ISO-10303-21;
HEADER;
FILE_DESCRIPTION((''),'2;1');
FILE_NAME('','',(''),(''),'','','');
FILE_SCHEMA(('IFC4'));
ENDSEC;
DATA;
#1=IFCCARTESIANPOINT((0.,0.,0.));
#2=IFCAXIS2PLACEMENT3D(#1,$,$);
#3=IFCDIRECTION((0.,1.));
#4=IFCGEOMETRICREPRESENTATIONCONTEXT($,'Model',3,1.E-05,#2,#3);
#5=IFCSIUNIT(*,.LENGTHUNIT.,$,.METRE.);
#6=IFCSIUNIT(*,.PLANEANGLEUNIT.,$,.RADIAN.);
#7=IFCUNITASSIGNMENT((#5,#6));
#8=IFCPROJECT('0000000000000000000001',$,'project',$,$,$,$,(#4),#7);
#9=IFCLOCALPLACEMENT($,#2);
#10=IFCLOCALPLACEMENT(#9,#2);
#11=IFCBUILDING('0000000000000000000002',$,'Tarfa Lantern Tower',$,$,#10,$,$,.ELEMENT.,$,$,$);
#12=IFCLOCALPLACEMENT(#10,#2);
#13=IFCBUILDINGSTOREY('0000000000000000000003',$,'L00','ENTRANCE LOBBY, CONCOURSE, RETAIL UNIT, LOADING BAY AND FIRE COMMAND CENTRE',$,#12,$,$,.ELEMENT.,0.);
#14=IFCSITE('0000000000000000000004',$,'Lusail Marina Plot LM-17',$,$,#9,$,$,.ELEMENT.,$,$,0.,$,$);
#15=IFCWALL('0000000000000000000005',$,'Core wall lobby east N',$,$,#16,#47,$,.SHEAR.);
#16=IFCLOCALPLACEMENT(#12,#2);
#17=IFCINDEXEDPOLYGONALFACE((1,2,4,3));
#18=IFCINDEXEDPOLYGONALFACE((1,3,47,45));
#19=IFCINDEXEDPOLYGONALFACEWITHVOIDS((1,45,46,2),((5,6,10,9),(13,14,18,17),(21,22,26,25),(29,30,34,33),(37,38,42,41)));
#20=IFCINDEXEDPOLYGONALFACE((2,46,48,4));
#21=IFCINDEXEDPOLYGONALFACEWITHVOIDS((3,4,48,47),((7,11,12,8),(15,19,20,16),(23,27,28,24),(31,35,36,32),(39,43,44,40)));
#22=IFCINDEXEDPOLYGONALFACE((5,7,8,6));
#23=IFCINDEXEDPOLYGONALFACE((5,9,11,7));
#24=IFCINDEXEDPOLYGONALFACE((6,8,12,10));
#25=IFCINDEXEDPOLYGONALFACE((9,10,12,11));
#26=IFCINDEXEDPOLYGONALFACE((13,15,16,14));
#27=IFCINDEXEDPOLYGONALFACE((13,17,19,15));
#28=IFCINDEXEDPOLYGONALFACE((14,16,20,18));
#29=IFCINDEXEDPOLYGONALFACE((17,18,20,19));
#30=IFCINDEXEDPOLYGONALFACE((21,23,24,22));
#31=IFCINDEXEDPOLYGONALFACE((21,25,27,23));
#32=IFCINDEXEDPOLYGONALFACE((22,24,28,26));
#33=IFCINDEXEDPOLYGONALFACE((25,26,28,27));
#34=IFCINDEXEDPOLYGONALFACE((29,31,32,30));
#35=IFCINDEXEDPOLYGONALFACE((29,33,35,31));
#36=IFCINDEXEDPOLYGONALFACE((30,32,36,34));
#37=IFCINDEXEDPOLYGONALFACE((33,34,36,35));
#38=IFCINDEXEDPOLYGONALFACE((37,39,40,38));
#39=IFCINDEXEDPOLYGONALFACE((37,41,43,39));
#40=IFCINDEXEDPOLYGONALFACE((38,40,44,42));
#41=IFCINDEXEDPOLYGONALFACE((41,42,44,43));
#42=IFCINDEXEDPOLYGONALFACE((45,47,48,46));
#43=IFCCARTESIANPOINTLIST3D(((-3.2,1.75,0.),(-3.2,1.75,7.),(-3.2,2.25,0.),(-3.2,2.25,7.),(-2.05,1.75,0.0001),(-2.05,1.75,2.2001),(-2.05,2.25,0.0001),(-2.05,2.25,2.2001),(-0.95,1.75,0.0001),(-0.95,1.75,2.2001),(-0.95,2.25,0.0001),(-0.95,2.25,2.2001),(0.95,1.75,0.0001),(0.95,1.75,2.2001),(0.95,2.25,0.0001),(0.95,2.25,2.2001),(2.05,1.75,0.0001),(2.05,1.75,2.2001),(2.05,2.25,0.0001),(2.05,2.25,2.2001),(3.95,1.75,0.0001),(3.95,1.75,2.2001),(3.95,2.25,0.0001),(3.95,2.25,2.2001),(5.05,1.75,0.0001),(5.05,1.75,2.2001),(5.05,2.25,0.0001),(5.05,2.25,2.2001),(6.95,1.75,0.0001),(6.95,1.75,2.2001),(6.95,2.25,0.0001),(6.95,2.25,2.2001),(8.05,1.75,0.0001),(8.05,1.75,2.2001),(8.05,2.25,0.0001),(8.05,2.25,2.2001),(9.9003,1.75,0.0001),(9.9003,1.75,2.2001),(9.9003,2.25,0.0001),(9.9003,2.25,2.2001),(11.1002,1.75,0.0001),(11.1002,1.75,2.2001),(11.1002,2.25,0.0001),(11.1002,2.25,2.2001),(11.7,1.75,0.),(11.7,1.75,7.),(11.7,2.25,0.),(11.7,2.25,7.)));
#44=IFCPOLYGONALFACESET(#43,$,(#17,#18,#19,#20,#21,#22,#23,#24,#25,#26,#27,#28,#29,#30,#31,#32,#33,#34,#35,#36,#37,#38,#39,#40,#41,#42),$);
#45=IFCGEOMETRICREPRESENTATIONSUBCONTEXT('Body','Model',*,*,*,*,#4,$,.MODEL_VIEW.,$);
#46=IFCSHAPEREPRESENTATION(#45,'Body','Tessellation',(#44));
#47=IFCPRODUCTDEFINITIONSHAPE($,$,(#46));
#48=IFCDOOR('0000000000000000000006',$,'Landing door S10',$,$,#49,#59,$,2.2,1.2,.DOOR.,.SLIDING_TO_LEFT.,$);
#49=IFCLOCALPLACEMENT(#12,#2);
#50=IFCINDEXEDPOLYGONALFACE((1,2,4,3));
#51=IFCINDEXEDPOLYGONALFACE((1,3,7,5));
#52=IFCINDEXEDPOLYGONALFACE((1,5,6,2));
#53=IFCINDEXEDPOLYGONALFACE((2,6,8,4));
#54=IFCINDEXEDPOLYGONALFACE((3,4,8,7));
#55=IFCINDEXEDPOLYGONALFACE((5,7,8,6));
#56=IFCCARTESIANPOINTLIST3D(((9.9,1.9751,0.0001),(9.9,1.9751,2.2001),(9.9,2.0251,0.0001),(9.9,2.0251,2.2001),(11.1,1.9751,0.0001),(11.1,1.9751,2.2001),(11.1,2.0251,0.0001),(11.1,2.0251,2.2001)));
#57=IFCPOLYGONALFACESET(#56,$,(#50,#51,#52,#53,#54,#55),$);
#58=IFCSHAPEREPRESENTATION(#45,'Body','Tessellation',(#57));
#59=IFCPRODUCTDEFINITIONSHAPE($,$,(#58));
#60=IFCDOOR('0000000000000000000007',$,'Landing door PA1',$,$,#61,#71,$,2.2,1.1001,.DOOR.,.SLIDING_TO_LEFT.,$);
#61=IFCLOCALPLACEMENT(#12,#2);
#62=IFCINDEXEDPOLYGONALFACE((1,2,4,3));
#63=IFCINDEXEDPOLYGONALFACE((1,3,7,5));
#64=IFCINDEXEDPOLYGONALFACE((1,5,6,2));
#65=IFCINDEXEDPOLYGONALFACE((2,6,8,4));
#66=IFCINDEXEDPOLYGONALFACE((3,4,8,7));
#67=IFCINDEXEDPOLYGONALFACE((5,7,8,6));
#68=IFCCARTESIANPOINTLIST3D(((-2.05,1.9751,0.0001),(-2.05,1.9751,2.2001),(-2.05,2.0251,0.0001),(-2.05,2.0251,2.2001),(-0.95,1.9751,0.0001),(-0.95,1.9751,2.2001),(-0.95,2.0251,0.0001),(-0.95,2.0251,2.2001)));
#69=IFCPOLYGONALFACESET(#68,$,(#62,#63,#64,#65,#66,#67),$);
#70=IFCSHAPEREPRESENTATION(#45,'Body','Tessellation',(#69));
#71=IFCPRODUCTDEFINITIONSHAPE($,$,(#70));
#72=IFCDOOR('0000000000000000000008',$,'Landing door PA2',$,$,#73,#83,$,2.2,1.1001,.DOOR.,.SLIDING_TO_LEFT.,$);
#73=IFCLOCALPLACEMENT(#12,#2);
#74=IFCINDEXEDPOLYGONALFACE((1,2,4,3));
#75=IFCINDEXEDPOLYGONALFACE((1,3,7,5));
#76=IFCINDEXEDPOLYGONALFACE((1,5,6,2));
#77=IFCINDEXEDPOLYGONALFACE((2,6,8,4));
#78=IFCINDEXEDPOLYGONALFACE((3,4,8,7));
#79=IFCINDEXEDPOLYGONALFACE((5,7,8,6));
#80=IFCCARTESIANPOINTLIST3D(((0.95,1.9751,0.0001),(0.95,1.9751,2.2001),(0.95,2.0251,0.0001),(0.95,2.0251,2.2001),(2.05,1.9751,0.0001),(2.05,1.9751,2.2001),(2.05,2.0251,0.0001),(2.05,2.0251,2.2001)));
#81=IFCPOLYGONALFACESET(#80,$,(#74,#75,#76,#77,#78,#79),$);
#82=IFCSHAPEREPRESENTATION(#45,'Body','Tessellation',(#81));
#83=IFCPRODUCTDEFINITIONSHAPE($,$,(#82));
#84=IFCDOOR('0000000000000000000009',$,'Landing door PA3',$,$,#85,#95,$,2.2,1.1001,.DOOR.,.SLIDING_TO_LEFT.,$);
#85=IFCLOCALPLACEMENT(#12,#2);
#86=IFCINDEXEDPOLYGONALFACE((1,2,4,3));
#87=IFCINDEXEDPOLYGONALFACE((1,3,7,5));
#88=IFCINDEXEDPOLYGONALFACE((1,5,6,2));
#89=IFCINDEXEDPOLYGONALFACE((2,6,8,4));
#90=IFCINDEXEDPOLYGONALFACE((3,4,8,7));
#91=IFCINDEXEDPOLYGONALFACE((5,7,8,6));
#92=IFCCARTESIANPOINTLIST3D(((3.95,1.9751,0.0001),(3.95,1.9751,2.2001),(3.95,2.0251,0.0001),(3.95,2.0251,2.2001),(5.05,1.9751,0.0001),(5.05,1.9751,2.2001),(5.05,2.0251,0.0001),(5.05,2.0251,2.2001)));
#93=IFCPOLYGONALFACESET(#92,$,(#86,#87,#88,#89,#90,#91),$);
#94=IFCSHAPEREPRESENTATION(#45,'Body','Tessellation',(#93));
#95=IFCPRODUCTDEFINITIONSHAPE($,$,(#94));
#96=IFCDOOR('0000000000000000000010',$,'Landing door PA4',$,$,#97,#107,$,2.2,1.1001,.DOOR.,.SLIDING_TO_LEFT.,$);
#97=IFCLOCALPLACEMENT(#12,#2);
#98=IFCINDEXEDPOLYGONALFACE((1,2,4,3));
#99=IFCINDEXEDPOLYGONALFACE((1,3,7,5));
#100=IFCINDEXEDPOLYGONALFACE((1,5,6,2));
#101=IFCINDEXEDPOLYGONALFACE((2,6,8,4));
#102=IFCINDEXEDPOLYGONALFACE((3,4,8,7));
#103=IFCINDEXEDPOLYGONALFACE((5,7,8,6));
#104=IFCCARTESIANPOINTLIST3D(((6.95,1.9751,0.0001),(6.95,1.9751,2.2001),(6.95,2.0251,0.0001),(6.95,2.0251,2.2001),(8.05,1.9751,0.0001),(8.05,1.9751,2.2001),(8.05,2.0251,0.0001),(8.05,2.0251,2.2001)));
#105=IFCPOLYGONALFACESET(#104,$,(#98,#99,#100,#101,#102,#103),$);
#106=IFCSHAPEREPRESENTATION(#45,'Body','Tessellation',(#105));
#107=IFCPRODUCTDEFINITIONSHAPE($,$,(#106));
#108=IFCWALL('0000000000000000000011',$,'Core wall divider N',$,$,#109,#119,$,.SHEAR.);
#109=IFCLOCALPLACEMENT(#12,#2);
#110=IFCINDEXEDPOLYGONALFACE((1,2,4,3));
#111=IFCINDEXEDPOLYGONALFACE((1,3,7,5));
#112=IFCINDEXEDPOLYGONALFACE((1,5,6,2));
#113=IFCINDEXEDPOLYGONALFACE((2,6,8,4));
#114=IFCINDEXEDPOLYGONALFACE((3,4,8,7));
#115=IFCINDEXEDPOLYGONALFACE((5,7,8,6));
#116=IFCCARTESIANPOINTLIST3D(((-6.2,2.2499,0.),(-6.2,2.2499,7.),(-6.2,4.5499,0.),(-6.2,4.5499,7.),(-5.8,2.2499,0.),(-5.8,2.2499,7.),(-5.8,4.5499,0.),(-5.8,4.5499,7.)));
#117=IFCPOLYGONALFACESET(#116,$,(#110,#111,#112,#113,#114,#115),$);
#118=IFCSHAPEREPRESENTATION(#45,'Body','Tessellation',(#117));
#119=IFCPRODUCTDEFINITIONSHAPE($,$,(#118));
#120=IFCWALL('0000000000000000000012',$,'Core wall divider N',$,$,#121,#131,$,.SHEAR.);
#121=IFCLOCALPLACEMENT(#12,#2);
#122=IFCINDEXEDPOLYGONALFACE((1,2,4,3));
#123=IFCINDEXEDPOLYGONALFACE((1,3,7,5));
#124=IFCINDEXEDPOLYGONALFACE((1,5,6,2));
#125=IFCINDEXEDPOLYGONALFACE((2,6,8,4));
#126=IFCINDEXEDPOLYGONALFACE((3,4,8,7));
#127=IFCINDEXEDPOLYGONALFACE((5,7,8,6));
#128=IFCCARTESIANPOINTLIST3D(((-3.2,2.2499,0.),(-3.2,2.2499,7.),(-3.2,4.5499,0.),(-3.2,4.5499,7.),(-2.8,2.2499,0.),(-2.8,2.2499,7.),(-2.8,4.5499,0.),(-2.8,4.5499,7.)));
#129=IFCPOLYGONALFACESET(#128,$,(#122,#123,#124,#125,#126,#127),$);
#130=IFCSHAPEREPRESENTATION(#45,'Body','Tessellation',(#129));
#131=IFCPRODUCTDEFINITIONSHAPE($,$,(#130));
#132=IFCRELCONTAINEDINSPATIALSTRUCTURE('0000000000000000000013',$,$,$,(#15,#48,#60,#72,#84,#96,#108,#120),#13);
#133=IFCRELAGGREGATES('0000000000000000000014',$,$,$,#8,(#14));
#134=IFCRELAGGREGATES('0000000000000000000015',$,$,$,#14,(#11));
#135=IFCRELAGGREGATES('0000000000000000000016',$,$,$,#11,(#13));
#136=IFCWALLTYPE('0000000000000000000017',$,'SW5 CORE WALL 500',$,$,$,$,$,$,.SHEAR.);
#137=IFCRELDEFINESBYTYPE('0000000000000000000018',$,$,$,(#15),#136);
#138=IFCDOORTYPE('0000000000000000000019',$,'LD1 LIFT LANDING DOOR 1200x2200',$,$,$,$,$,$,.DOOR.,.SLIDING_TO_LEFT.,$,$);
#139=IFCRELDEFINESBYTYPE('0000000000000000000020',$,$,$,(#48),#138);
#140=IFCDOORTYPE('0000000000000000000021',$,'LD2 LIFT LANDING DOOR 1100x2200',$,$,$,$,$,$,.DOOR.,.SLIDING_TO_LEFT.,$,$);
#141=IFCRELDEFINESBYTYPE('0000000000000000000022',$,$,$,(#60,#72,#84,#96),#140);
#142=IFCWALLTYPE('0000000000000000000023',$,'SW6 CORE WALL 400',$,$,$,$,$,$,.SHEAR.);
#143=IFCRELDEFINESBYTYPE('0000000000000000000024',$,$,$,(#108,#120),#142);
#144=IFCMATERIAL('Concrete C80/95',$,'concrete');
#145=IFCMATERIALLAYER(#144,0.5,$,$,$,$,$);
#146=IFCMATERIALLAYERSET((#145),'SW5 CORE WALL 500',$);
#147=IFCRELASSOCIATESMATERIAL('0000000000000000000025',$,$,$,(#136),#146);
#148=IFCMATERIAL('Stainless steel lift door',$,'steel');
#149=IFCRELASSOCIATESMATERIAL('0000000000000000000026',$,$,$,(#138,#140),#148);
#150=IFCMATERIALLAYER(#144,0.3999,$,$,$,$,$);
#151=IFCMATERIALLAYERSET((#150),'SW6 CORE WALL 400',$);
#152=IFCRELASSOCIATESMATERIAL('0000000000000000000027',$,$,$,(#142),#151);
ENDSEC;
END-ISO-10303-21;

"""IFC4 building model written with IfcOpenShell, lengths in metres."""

from ifc_helpers import new_model, si_unit, direction, frame, frame_2d, origin, place, context, subcontext, project, spatial, rectangle, extrude, material, layer, layer_set, type_object, element, fill, save


model = new_model("IFC4")

# Units and contexts
model_context = context("Model", 3, precision=1e-05, world=origin(), true_north=direction((0.0, 1.0)))
body_context = subcontext(model_context, "Body", "Model", "MODEL_VIEW")
ifc_project = project(units=[si_unit("LENGTHUNIT", "METRE"), si_unit("PLANEANGLEUNIT", "RADIAN")], contexts=[model_context])

# Site, building, storey
site_placement = place(None, origin())
site = spatial("IfcSite", under=ifc_project, at=site_placement, Name="Lusail Marina Plot LM-17", CompositionType="ELEMENT", RefElevation=0.0)
building_placement = place(site_placement, origin())
building = spatial("IfcBuilding", under=site, at=building_placement, Name="Tarfa Lantern Tower", CompositionType="ELEMENT")
storey_placement = place(building_placement, origin())
storey = spatial("IfcBuildingStorey", under=building, at=storey_placement, Name="L00", Description="ENTRANCE LOBBY, CONCOURSE, RETAIL UNIT, LOADING BAY AND FIRE COMMAND CENTRE", CompositionType="ELEMENT", Elevation=0.0)

# Shared definitions
ifc_material_1 = material(Name="Concrete C80/95", Category="concrete")

# Wall, openings, doors
ifc_layer_1 = layer(ifc_material_1, 0.5)
ifc_layer_set_1 = layer_set([ifc_layer_1], Name="SW5 CORE WALL 500")
wall_type_1 = type_object("IfcWallType", Name="SW5 CORE WALL 500", PredefinedType="SHEAR", material=ifc_layer_set_1)
wall_1_placement = place(storey_placement, frame((-3.2, 2.0, 0.0), z_axis=(0.0, 0.0, 1.0), x_axis=(1.0, 0.0, 0.0)))
wall_1 = element("IfcWall", 1, at=wall_1_placement, inside=storey, type_object=wall_type_1, Name="Core wall lobby east N", PredefinedType="SHEAR", context=body_context, shape_type="SweptSolid", body=[
    extrude(rectangle(XDim=14.8999, YDim=0.5, at=frame_2d((7.45, 0.0))), origin(), (0.0, 0.0, 1.0), 7.0),
])
opening_1_placement = place(wall_1_placement, frame((1.1499, 0.0, 0.0)))
opening_1 = element("IfcOpeningElement", 2, at=opening_1_placement, cuts=wall_1, PredefinedType="OPENING", context=body_context, shape_type="SweptSolid", body=[
    extrude(rectangle(XDim=1.1001, YDim=2.2, at=frame_2d((0.55, 1.1001))), frame((0.0, 0.26, 0.0), z_axis=(0.0, -1.0, 0.0), x_axis=(1.0, 0.0, 0.0)), (0.0, 0.0, 1.0), 0.52),
])
opening_2_placement = place(wall_1_placement, frame((4.1499, 0.0, 0.0)))
opening_2 = element("IfcOpeningElement", 3, at=opening_2_placement, cuts=wall_1, PredefinedType="OPENING", context=body_context, shape_type="SweptSolid", body=[
    extrude(rectangle(XDim=1.1001, YDim=2.2, at=frame_2d((0.55, 1.1001))), frame((0.0, 0.26, 0.0), z_axis=(0.0, -1.0, 0.0), x_axis=(1.0, 0.0, 0.0)), (0.0, 0.0, 1.0), 0.52),
])
opening_3_placement = place(wall_1_placement, frame((7.1499, 0.0, 0.0)))
opening_3 = element("IfcOpeningElement", 4, at=opening_3_placement, cuts=wall_1, PredefinedType="OPENING", context=body_context, shape_type="SweptSolid", body=[
    extrude(rectangle(XDim=1.1001, YDim=2.2, at=frame_2d((0.55, 1.1001))), frame((0.0, 0.26, 0.0), z_axis=(0.0, -1.0, 0.0), x_axis=(1.0, 0.0, 0.0)), (0.0, 0.0, 1.0), 0.52),
])
opening_4_placement = place(wall_1_placement, frame((10.1499, 0.0, 0.0)))
opening_4 = element("IfcOpeningElement", 5, at=opening_4_placement, cuts=wall_1, PredefinedType="OPENING", context=body_context, shape_type="SweptSolid", body=[
    extrude(rectangle(XDim=1.1001, YDim=2.2, at=frame_2d((0.55, 1.1001))), frame((0.0, 0.26, 0.0), z_axis=(0.0, -1.0, 0.0), x_axis=(1.0, 0.0, 0.0)), (0.0, 0.0, 1.0), 0.52),
])
opening_5_placement = place(wall_1_placement, frame((13.1001, 0.0, 0.0)))
opening_5 = element("IfcOpeningElement", 6, at=opening_5_placement, cuts=wall_1, PredefinedType="OPENING", context=body_context, shape_type="SweptSolid", body=[
    extrude(rectangle(XDim=1.2, YDim=2.2, at=frame_2d((0.6001, 1.1001))), frame((0.0, 0.26, 0.0), z_axis=(0.0, -1.0, 0.0), x_axis=(1.0, 0.0, 0.0)), (0.0, 0.0, 1.0), 0.52),
])
ifc_material_2 = material(Name="Stainless steel lift door", Category="steel")
door_type_1 = type_object("IfcDoorType", Name="LD1 LIFT LANDING DOOR 1200x2200", OperationType="SLIDING_TO_LEFT", PredefinedType="DOOR", material=ifc_material_2)
door_1_placement = place(opening_5_placement, frame((1.2, 0.0, 0.0), z_axis=(0.0, 0.0, 1.0), x_axis=(-1.0, 0.0, 0.0)))
door_1 = element("IfcDoor", 7, at=door_1_placement, inside=storey, type_object=door_type_1, Name="Landing door S10", OperationType="SLIDING_TO_LEFT", OverallHeight=2.2, OverallWidth=1.2, PredefinedType="DOOR", context=body_context, shape_type="SweptSolid", body=[
    extrude(rectangle(XDim=1.2, YDim=2.2, at=frame_2d((0.6001, 1.1001))), frame((0.0, 0.0249, 0.0), z_axis=(0.0, -1.0, 0.0), x_axis=(1.0, 0.0, 0.0)), (0.0, 0.0, 1.0), 0.05),
])
fill(opening_5, door_1)
door_type_2 = type_object("IfcDoorType", Name="LD2 LIFT LANDING DOOR 1100x2200", OperationType="SLIDING_TO_LEFT", PredefinedType="DOOR", material=ifc_material_2)
door_2_placement = place(opening_1_placement, frame((1.1001, 0.0, 0.0), z_axis=(0.0, 0.0, 1.0), x_axis=(-1.0, 0.0, 0.0)))
door_2 = element("IfcDoor", 8, at=door_2_placement, inside=storey, type_object=door_type_2, Name="Landing door PA1", OperationType="SLIDING_TO_LEFT", OverallHeight=2.2, OverallWidth=1.1001, PredefinedType="DOOR", context=body_context, shape_type="SweptSolid", body=[
    extrude(rectangle(XDim=1.1001, YDim=2.2, at=frame_2d((0.55, 1.1001))), frame((0.0, 0.0249, 0.0), z_axis=(0.0, -1.0, 0.0), x_axis=(1.0, 0.0, 0.0)), (0.0, 0.0, 1.0), 0.05),
])
fill(opening_1, door_2)
door_3_placement = place(opening_2_placement, frame((1.1001, 0.0, 0.0), z_axis=(0.0, 0.0, 1.0), x_axis=(-1.0, 0.0, 0.0)))
door_3 = element("IfcDoor", 9, at=door_3_placement, inside=storey, type_object=door_type_2, Name="Landing door PA2", OperationType="SLIDING_TO_LEFT", OverallHeight=2.2, OverallWidth=1.1001, PredefinedType="DOOR", context=body_context, shape_type="SweptSolid", body=[
    extrude(rectangle(XDim=1.1001, YDim=2.2, at=frame_2d((0.55, 1.1001))), frame((0.0, 0.0249, 0.0), z_axis=(0.0, -1.0, 0.0), x_axis=(1.0, 0.0, 0.0)), (0.0, 0.0, 1.0), 0.05),
])
fill(opening_2, door_3)
door_4_placement = place(opening_3_placement, frame((1.1001, 0.0, 0.0), z_axis=(0.0, 0.0, 1.0), x_axis=(-1.0, 0.0, 0.0)))
door_4 = element("IfcDoor", 10, at=door_4_placement, inside=storey, type_object=door_type_2, Name="Landing door PA3", OperationType="SLIDING_TO_LEFT", OverallHeight=2.2, OverallWidth=1.1001, PredefinedType="DOOR", context=body_context, shape_type="SweptSolid", body=[
    extrude(rectangle(XDim=1.1001, YDim=2.2, at=frame_2d((0.55, 1.1001))), frame((0.0, 0.0249, 0.0), z_axis=(0.0, -1.0, 0.0), x_axis=(1.0, 0.0, 0.0)), (0.0, 0.0, 1.0), 0.05),
])
fill(opening_3, door_4)
door_5_placement = place(opening_4_placement, frame((1.1001, 0.0, 0.0), z_axis=(0.0, 0.0, 1.0), x_axis=(-1.0, 0.0, 0.0)))
door_5 = element("IfcDoor", 11, at=door_5_placement, inside=storey, type_object=door_type_2, Name="Landing door PA4", OperationType="SLIDING_TO_LEFT", OverallHeight=2.2, OverallWidth=1.1001, PredefinedType="DOOR", context=body_context, shape_type="SweptSolid", body=[
    extrude(rectangle(XDim=1.1001, YDim=2.2, at=frame_2d((0.55, 1.1001))), frame((0.0, 0.0249, 0.0), z_axis=(0.0, -1.0, 0.0), x_axis=(1.0, 0.0, 0.0)), (0.0, 0.0, 1.0), 0.05),
])
fill(opening_4, door_5)

# Walls
ifc_layer_2 = layer(ifc_material_1, 0.3999)
ifc_layer_set_2 = layer_set([ifc_layer_2], Name="SW6 CORE WALL 400")
wall_type_2 = type_object("IfcWallType", Name="SW6 CORE WALL 400", PredefinedType="SHEAR", material=ifc_layer_set_2)
for number, where, z_axis, x_axis, name in (
    (12, (-6.0, 2.25, 0.0), (0.0, 0.0, 1.0), (0.0, 1.0, 0.0), "Core wall divider N"),
    (13, (-3.0, 2.25, 0.0), (0.0, 0.0, 1.0), (0.0, 1.0, 0.0), "Core wall divider N"),
):
    element("IfcWall", number, at=place(storey_placement, frame(where, z_axis=z_axis, x_axis=x_axis)), inside=storey, type_object=wall_type_2, Name=name, PredefinedType="SHEAR", context=body_context, shape_type="SweptSolid", body=[
        extrude(rectangle(XDim=2.3, YDim=0.3999, at=frame_2d((1.1499, 0.0))), origin(), (0.0, 0.0, 1.0), 7.0),
    ])

save(model, "model.ifc")
